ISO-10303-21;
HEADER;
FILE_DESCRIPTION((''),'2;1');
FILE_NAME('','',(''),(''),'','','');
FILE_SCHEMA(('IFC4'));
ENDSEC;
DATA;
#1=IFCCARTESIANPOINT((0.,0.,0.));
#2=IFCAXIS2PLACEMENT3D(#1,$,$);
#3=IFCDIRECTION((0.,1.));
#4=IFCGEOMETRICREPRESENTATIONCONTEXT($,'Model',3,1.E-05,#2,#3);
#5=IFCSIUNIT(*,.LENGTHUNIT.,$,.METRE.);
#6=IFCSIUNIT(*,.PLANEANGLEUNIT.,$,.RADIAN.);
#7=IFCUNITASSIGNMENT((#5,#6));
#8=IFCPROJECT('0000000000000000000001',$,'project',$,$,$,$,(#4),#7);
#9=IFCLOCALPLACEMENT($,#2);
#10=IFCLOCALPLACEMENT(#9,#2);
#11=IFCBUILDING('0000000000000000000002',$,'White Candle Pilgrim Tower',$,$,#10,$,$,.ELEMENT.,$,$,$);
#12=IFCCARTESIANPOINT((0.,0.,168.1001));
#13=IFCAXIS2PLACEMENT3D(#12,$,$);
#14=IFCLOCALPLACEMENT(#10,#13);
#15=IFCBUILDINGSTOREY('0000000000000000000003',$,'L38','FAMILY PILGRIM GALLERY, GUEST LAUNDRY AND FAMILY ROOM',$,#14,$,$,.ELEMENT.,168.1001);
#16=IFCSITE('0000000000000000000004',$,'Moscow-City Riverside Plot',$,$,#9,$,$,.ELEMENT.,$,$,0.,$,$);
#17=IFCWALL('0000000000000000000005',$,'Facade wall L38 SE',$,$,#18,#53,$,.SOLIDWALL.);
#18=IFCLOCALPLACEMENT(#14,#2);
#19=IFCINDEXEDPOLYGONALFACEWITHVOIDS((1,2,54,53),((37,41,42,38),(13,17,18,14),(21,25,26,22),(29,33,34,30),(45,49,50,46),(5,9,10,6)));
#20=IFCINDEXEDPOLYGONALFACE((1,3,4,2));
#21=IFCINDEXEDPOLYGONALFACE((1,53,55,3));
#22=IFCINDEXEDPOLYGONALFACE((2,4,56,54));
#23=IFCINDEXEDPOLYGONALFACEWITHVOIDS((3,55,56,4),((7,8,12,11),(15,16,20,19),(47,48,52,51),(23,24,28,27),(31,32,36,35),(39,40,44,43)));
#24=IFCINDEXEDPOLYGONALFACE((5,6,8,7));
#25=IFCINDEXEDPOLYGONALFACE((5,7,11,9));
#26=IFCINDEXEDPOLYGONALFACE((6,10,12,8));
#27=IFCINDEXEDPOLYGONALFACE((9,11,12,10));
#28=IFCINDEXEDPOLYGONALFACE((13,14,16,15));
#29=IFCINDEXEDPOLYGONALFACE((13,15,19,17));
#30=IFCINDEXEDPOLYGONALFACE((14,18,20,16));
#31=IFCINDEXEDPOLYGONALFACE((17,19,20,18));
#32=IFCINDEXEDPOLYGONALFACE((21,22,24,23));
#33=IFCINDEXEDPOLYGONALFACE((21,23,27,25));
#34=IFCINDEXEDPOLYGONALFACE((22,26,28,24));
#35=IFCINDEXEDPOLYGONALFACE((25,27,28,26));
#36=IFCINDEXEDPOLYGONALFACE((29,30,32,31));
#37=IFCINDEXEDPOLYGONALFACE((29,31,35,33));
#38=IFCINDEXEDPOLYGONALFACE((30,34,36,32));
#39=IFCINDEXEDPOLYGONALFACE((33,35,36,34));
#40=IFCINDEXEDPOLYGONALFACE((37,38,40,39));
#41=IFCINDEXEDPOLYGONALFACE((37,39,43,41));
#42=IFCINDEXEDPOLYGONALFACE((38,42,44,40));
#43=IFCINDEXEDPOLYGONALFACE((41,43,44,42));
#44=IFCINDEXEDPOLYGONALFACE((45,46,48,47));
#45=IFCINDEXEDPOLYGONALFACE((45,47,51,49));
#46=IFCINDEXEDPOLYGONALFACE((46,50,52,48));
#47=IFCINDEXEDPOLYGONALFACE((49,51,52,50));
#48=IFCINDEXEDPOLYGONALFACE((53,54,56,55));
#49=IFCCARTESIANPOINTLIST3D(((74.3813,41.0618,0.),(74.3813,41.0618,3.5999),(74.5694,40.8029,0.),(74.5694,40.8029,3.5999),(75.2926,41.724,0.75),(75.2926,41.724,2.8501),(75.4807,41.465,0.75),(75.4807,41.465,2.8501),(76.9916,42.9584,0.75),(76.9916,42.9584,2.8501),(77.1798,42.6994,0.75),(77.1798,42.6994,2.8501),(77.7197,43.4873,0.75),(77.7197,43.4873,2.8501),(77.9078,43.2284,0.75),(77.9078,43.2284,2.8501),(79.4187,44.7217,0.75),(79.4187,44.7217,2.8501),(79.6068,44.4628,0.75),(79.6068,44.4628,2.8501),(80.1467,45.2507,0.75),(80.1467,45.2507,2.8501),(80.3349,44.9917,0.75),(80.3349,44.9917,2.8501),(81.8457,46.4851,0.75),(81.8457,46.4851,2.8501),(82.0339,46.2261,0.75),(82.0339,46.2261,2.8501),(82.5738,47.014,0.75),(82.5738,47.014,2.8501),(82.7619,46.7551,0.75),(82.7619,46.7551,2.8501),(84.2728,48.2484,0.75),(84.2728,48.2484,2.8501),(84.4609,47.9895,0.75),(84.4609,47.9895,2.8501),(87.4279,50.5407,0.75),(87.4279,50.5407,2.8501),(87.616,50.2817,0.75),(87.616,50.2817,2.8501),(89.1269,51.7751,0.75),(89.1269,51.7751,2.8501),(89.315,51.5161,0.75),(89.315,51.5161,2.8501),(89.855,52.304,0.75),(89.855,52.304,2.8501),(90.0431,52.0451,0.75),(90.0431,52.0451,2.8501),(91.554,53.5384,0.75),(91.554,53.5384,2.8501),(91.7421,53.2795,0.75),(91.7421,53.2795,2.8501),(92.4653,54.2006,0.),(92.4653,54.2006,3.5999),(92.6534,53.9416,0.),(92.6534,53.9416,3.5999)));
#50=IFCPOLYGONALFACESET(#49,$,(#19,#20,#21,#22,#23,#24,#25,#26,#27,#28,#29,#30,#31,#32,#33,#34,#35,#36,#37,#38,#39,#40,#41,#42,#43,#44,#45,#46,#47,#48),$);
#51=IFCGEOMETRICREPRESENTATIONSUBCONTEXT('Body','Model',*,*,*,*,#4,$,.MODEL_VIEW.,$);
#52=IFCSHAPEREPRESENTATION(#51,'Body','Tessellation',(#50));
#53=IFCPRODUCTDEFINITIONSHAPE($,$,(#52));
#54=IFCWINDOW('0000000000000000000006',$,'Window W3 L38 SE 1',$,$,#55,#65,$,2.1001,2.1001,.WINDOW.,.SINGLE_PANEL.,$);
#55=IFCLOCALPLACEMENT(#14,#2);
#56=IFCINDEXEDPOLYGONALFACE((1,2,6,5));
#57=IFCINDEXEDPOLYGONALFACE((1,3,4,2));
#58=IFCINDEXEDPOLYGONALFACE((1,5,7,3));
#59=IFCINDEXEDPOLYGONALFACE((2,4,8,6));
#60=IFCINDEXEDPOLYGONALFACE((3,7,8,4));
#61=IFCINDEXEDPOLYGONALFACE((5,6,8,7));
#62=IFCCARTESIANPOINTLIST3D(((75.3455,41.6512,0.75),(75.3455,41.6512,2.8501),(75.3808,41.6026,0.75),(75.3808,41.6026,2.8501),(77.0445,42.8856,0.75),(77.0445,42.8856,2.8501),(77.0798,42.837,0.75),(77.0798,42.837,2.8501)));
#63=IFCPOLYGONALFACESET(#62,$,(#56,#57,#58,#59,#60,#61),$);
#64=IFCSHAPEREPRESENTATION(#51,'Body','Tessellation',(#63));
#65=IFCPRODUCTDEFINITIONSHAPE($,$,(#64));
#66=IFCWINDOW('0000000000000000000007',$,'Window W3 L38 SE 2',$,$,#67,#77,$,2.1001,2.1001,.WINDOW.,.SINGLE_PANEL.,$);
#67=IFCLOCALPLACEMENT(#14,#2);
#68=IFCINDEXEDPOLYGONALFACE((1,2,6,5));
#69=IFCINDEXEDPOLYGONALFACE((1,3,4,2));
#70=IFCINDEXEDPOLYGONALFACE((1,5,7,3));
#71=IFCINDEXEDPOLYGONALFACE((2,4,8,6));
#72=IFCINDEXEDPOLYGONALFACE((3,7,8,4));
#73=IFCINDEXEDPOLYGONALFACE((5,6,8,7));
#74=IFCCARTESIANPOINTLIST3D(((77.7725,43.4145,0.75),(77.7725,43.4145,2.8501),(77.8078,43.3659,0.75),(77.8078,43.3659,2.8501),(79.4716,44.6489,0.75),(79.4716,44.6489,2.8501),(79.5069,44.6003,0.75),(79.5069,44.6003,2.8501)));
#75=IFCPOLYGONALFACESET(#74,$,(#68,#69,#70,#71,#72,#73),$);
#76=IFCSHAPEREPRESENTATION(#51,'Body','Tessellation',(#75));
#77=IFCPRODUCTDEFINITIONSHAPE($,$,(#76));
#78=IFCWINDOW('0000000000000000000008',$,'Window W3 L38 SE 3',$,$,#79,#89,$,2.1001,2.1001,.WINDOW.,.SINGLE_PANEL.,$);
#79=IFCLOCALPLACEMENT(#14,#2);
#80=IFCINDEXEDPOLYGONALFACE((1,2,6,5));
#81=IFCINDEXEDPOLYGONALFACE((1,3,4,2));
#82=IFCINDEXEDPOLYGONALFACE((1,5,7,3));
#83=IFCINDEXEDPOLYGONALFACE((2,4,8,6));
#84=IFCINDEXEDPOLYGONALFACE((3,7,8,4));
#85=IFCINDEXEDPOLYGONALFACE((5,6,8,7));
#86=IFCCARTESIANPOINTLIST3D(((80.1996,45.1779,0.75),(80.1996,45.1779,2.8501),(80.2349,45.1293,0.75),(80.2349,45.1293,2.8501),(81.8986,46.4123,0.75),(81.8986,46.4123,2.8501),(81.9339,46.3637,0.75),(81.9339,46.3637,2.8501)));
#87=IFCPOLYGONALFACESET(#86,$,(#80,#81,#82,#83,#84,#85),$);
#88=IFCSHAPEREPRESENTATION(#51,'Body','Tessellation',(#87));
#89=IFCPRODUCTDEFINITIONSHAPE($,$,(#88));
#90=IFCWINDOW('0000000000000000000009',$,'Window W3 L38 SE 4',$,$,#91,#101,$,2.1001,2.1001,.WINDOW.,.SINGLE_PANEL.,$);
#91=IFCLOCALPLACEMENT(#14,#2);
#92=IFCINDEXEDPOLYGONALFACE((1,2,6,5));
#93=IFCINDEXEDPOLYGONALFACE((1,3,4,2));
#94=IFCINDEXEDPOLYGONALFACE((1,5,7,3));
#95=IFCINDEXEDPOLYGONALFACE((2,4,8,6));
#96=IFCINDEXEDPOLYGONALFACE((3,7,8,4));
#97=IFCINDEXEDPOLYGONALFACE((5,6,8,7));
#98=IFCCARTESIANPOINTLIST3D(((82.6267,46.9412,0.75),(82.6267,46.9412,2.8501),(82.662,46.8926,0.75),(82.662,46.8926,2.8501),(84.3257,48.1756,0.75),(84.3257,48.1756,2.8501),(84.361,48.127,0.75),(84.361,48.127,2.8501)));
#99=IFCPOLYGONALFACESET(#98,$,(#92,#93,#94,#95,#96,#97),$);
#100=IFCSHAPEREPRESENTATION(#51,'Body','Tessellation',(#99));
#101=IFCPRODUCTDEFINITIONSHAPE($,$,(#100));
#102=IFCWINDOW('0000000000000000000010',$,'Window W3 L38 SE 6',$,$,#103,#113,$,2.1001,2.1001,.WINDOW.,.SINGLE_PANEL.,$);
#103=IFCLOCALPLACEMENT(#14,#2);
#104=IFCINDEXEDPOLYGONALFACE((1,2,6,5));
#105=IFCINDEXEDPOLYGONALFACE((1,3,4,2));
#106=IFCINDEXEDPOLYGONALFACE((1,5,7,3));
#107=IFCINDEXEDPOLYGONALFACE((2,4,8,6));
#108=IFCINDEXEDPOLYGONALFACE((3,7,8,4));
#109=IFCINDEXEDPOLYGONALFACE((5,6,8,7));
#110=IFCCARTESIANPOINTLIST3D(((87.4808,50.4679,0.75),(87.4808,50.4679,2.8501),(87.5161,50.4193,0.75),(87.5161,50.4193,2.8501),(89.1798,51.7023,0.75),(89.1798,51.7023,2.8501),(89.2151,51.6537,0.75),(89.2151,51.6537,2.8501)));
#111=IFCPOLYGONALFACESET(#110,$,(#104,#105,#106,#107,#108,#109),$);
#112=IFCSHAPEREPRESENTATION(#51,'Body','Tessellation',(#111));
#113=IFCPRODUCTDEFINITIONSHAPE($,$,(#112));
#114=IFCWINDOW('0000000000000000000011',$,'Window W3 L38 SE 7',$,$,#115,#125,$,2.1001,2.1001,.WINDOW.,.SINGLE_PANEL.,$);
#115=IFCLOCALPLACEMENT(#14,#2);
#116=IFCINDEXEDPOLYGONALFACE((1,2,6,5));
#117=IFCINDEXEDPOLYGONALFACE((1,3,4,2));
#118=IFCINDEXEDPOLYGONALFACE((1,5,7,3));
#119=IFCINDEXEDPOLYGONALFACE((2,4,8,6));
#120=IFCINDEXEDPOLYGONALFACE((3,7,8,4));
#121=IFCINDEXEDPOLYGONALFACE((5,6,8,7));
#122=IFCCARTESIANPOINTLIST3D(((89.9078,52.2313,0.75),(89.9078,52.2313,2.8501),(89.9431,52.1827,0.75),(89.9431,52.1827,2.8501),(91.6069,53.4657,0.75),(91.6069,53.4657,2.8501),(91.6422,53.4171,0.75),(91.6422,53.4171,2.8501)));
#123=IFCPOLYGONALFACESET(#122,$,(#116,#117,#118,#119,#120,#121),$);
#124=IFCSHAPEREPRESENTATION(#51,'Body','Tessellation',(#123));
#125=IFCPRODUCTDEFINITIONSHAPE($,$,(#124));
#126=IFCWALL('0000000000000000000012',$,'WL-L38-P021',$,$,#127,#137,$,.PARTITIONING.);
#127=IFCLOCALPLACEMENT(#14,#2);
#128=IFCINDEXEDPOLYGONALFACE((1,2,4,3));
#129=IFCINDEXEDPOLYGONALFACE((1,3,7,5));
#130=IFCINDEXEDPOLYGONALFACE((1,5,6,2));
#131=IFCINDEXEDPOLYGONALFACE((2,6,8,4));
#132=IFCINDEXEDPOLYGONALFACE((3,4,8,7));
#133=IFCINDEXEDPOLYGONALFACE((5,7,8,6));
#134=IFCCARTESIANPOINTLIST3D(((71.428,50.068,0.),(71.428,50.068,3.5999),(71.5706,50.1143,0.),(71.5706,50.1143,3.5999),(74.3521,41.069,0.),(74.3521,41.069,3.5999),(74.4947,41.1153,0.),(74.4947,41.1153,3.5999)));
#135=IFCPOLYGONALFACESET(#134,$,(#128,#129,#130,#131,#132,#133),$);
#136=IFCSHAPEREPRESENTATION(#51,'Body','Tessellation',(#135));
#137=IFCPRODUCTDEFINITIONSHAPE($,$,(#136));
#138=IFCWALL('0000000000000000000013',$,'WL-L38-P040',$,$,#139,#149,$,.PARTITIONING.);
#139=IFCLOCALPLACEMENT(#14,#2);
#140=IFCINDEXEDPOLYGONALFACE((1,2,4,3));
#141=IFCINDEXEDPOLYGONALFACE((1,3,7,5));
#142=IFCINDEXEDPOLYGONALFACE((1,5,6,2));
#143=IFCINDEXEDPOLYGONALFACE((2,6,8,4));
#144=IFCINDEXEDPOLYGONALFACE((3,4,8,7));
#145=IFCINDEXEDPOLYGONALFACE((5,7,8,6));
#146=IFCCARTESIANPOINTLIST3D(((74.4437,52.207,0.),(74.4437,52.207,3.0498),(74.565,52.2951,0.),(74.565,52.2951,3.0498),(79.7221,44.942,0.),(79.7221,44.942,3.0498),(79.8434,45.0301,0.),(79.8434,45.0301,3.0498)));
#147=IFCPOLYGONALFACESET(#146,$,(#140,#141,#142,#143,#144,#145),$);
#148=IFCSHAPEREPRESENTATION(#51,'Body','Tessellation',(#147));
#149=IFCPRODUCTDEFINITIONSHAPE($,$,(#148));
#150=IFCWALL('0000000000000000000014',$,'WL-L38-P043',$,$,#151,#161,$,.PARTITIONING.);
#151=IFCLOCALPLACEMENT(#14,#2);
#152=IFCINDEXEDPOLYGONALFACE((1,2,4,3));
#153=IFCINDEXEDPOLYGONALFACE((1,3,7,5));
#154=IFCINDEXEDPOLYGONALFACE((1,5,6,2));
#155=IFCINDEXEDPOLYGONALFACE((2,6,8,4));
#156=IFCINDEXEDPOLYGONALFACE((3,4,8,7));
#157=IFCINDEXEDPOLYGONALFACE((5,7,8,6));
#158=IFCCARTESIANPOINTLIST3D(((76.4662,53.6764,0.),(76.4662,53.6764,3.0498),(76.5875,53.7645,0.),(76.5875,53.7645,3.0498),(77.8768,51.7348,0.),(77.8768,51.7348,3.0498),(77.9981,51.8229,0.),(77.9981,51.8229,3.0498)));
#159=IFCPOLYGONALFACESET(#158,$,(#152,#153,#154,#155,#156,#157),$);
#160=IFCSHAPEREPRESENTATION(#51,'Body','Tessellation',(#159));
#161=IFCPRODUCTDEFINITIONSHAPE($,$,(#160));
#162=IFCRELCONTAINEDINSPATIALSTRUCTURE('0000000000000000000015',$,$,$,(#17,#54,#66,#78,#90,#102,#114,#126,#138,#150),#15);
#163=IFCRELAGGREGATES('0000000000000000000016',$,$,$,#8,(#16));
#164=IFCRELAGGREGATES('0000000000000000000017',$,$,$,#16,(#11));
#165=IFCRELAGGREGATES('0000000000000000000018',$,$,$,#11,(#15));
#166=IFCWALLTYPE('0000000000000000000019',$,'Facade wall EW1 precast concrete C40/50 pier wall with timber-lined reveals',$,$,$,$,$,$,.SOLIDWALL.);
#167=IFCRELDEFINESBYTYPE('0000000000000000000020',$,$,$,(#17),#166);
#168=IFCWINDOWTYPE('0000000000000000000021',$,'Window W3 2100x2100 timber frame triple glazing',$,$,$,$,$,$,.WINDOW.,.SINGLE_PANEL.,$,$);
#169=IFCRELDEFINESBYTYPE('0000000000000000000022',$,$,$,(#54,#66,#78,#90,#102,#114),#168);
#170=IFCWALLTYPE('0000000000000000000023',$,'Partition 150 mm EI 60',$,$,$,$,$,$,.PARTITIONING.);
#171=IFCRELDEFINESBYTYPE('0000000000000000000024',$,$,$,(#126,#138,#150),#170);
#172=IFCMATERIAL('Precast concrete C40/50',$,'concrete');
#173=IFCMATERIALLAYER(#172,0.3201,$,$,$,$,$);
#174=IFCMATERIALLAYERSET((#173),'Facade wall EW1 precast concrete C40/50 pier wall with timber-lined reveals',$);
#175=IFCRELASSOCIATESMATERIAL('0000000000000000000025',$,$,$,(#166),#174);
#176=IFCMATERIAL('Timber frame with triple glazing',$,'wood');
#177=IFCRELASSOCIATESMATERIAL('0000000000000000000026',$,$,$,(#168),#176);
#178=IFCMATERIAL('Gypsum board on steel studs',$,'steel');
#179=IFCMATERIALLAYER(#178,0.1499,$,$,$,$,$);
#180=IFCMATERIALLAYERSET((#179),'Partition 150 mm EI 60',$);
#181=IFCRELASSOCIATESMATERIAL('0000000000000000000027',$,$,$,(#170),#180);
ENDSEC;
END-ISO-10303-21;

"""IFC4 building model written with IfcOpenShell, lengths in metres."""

from ifc_helpers import new_model, si_unit, direction, frame, frame_2d, origin, place, context, subcontext, project, spatial, rectangle, extrude, material, layer, layer_set, type_object, element, fill, save


model = new_model("IFC4")

# Units and contexts
model_context = context("Model", 3, precision=1e-05, world=origin(), true_north=direction((0.0, 1.0)))
body_context = subcontext(model_context, "Body", "Model", "MODEL_VIEW")
ifc_project = project(units=[si_unit("LENGTHUNIT", "METRE"), si_unit("PLANEANGLEUNIT", "RADIAN")], contexts=[model_context])

# Site, building, storey
site_placement = place(None, origin())
site = spatial("IfcSite", under=ifc_project, at=site_placement, Name="Moscow-City Riverside Plot", CompositionType="ELEMENT", RefElevation=0.0)
building_placement = place(site_placement, origin())
building = spatial("IfcBuilding", under=site, at=building_placement, Name="White Candle Pilgrim Tower", CompositionType="ELEMENT")
storey_placement = place(building_placement, frame((0.0, 0.0, 168.1001)))
storey = spatial("IfcBuildingStorey", under=building, at=storey_placement, Name="L38", Description="FAMILY PILGRIM GALLERY, GUEST LAUNDRY AND FAMILY ROOM", CompositionType="ELEMENT", Elevation=168.1001)

# Shared definitions
ifc_material_1 = material(Name="Gypsum board on steel studs", Category="steel")

# Wall, openings, windows
ifc_material_2 = material(Name="Precast concrete C40/50", Category="concrete")
ifc_layer_1 = layer(ifc_material_2, 0.3201)
ifc_layer_set_1 = layer_set([ifc_layer_1], Name="Facade wall EW1 precast concrete C40/50 pier wall with timber-lined reveals")
wall_type_1 = type_object("IfcWallType", Name="Facade wall EW1 precast concrete C40/50 pier wall with timber-lined reveals", PredefinedType="SOLIDWALL", material=ifc_layer_set_1)
wall_1_placement = place(storey_placement, frame((74.4753, 40.9324, 0.0), z_axis=(0.0, 0.0, 1.0), x_axis=(0.809019, 0.587782, 0.0)))
wall_1 = element("IfcWall", 1, at=wall_1_placement, inside=storey, type_object=wall_type_1, Name="Facade wall L38 SE", PredefinedType="SOLIDWALL", context=body_context, shape_type="SweptSolid", body=[
    extrude(rectangle(XDim=22.353, YDim=0.3201, at=frame_2d((11.1765, 0.0))), origin(), (0.0, 0.0, 1.0), 3.5999),
])
opening_1_placement = place(wall_1_placement, frame((1.1265, 0.0, 0.75)))
opening_1 = element("IfcOpeningElement", 2, at=opening_1_placement, cuts=wall_1, PredefinedType="OPENING", context=body_context, shape_type="SweptSolid", body=[
    extrude(rectangle(XDim=2.1001, YDim=2.1001, at=frame_2d((1.05, 1.05))), frame((0.0, 0.1699, 0.0), z_axis=(0.0, -1.0, 0.0), x_axis=(1.0, 0.0, 0.0)), (0.0, 0.0, 1.0), 0.3401),
])
opening_2_placement = place(wall_1_placement, frame((4.1265, 0.0, 0.75)))
opening_2 = element("IfcOpeningElement", 3, at=opening_2_placement, cuts=wall_1, PredefinedType="OPENING", context=body_context, shape_type="SweptSolid", body=[
    extrude(rectangle(XDim=2.1001, YDim=2.1001, at=frame_2d((1.05, 1.05))), frame((0.0, 0.1699, 0.0), z_axis=(0.0, -1.0, 0.0), x_axis=(1.0, 0.0, 0.0)), (0.0, 0.0, 1.0), 0.3401),
])
opening_3_placement = place(wall_1_placement, frame((7.1265, 0.0, 0.75)))
opening_3 = element("IfcOpeningElement", 4, at=opening_3_placement, cuts=wall_1, PredefinedType="OPENING", context=body_context, shape_type="SweptSolid", body=[
    extrude(rectangle(XDim=2.1001, YDim=2.1001, at=frame_2d((1.05, 1.05))), frame((0.0, 0.1699, 0.0), z_axis=(0.0, -1.0, 0.0), x_axis=(1.0, 0.0, 0.0)), (0.0, 0.0, 1.0), 0.3401),
])
opening_4_placement = place(wall_1_placement, frame((10.1265, 0.0, 0.75)))
opening_4 = element("IfcOpeningElement", 5, at=opening_4_placement, cuts=wall_1, PredefinedType="OPENING", context=body_context, shape_type="SweptSolid", body=[
    extrude(rectangle(XDim=2.1001, YDim=2.1001, at=frame_2d((1.05, 1.05))), frame((0.0, 0.1699, 0.0), z_axis=(0.0, -1.0, 0.0), x_axis=(1.0, 0.0, 0.0)), (0.0, 0.0, 1.0), 0.3401),
])
opening_5_placement = place(wall_1_placement, frame((16.1265, 0.0, 0.75)))
opening_5 = element("IfcOpeningElement", 6, at=opening_5_placement, cuts=wall_1, PredefinedType="OPENING", context=body_context, shape_type="SweptSolid", body=[
    extrude(rectangle(XDim=2.1001, YDim=2.1001, at=frame_2d((1.05, 1.05))), frame((0.0, 0.1699, 0.0), z_axis=(0.0, -1.0, 0.0), x_axis=(1.0, 0.0, 0.0)), (0.0, 0.0, 1.0), 0.3401),
])
opening_6_placement = place(wall_1_placement, frame((19.1265, 0.0, 0.75)))
opening_6 = element("IfcOpeningElement", 7, at=opening_6_placement, cuts=wall_1, PredefinedType="OPENING", context=body_context, shape_type="SweptSolid", body=[
    extrude(rectangle(XDim=2.1001, YDim=2.1001, at=frame_2d((1.05, 1.05))), frame((0.0, 0.1699, 0.0), z_axis=(0.0, -1.0, 0.0), x_axis=(1.0, 0.0, 0.0)), (0.0, 0.0, 1.0), 0.3401),
])
ifc_material_3 = material(Name="Timber frame with triple glazing", Category="wood")
window_type = type_object("IfcWindowType", Name="Window W3 2100x2100 timber frame triple glazing", PartitioningType="SINGLE_PANEL", PredefinedType="WINDOW", material=ifc_material_3)
window_1_placement = place(opening_1_placement, origin())
window_1 = element("IfcWindow", 8, at=window_1_placement, inside=storey, type_object=window_type, Name="Window W3 L38 SE 1", OverallHeight=2.1001, OverallWidth=2.1001, PartitioningType="SINGLE_PANEL", PredefinedType="WINDOW", context=body_context, shape_type="SweptSolid", body=[
    extrude(rectangle(XDim=2.1001, YDim=2.1001, at=frame_2d((1.05, 1.05))), frame((0.0, 0.0701, 0.0), z_axis=(0.0, -1.0, 0.0), x_axis=(1.0, 0.0, 0.0)), (0.0, 0.0, 1.0), 0.0601),
])
fill(opening_1, window_1)
window_2_placement = place(opening_2_placement, origin())
window_2 = element("IfcWindow", 9, at=window_2_placement, inside=storey, type_object=window_type, Name="Window W3 L38 SE 2", OverallHeight=2.1001, OverallWidth=2.1001, PartitioningType="SINGLE_PANEL", PredefinedType="WINDOW", context=body_context, shape_type="SweptSolid", body=[
    extrude(rectangle(XDim=2.1001, YDim=2.1001, at=frame_2d((1.05, 1.05))), frame((0.0, 0.0701, 0.0), z_axis=(0.0, -1.0, 0.0), x_axis=(1.0, 0.0, 0.0)), (0.0, 0.0, 1.0), 0.0601),
])
fill(opening_2, window_2)
window_3_placement = place(opening_3_placement, origin())
window_3 = element("IfcWindow", 10, at=window_3_placement, inside=storey, type_object=window_type, Name="Window W3 L38 SE 3", OverallHeight=2.1001, OverallWidth=2.1001, PartitioningType="SINGLE_PANEL", PredefinedType="WINDOW", context=body_context, shape_type="SweptSolid", body=[
    extrude(rectangle(XDim=2.1001, YDim=2.1001, at=frame_2d((1.05, 1.05))), frame((0.0, 0.0701, 0.0), z_axis=(0.0, -1.0, 0.0), x_axis=(1.0, 0.0, 0.0)), (0.0, 0.0, 1.0), 0.0601),
])
fill(opening_3, window_3)
window_4_placement = place(opening_4_placement, origin())
window_4 = element("IfcWindow", 11, at=window_4_placement, inside=storey, type_object=window_type, Name="Window W3 L38 SE 4", OverallHeight=2.1001, OverallWidth=2.1001, PartitioningType="SINGLE_PANEL", PredefinedType="WINDOW", context=body_context, shape_type="SweptSolid", body=[
    extrude(rectangle(XDim=2.1001, YDim=2.1001, at=frame_2d((1.05, 1.05))), frame((0.0, 0.0701, 0.0), z_axis=(0.0, -1.0, 0.0), x_axis=(1.0, 0.0, 0.0)), (0.0, 0.0, 1.0), 0.0601),
])
fill(opening_4, window_4)
window_5_placement = place(opening_5_placement, origin())
window_5 = element("IfcWindow", 12, at=window_5_placement, inside=storey, type_object=window_type, Name="Window W3 L38 SE 6", OverallHeight=2.1001, OverallWidth=2.1001, PartitioningType="SINGLE_PANEL", PredefinedType="WINDOW", context=body_context, shape_type="SweptSolid", body=[
    extrude(rectangle(XDim=2.1001, YDim=2.1001, at=frame_2d((1.05, 1.05))), frame((0.0, 0.0701, 0.0), z_axis=(0.0, -1.0, 0.0), x_axis=(1.0, 0.0, 0.0)), (0.0, 0.0, 1.0), 0.0601),
])
fill(opening_5, window_5)
window_6_placement = place(opening_6_placement, origin())
window_6 = element("IfcWindow", 13, at=window_6_placement, inside=storey, type_object=window_type, Name="Window W3 L38 SE 7", OverallHeight=2.1001, OverallWidth=2.1001, PartitioningType="SINGLE_PANEL", PredefinedType="WINDOW", context=body_context, shape_type="SweptSolid", body=[
    extrude(rectangle(XDim=2.1001, YDim=2.1001, at=frame_2d((1.05, 1.05))), frame((0.0, 0.0701, 0.0), z_axis=(0.0, -1.0, 0.0), x_axis=(1.0, 0.0, 0.0)), (0.0, 0.0, 1.0), 0.0601),
])
fill(opening_6, window_6)

# Walls
ifc_layer_2 = layer(ifc_material_1, 0.1499)
ifc_layer_set_2 = layer_set([ifc_layer_2], Name="Partition 150 mm EI 60")
wall_type_2 = type_object("IfcWallType", Name="Partition 150 mm EI 60", PredefinedType="PARTITIONING", material=ifc_layer_set_2)
wall_2_placement = place(storey_placement, frame((74.4233, 41.0923, 0.0), z_axis=(0.0, 0.0, 1.0), x_axis=(-0.309028, 0.951053, 0.0)))
element("IfcWall", 14, at=wall_2_placement, inside=storey, type_object=wall_type_2, Name="WL-L38-P021", PredefinedType="PARTITIONING", context=body_context, shape_type="SweptSolid", body=[
    extrude(rectangle(XDim=9.4622, YDim=0.1499, at=frame_2d((4.731, 0.0))), origin(), (0.0, 0.0, 1.0), 3.5999),
])
wall_3_placement = place(storey_placement, frame((79.7827, 44.9861, 0.0), z_axis=(0.0, 0.0, 1.0), x_axis=(-0.58779, 0.809013, 0.0)))
element("IfcWall", 15, at=wall_3_placement, inside=storey, type_object=wall_type_2, Name="WL-L38-P040", PredefinedType="PARTITIONING", context=body_context, shape_type="SweptSolid", body=[
    extrude(rectangle(XDim=8.98, YDim=0.1499, at=frame_2d((4.49, 0.0))), origin(), (0.0, 0.0, 1.0), 3.0498),
])
wall_4_placement = place(storey_placement, frame((76.5269, 53.7205, 0.0), z_axis=(0.0, 0.0, 1.0), x_axis=(0.587772, -0.809026, 0.0)))
element("IfcWall", 16, at=wall_4_placement, inside=storey, type_object=wall_type_2, Name="WL-L38-P043", PredefinedType="PARTITIONING", context=body_context, shape_type="SweptSolid", body=[
    extrude(rectangle(XDim=2.3999, YDim=0.1499, at=frame_2d((1.2, 0.0))), origin(), (0.0, 0.0, 1.0), 3.0498),
])

save(model, "model.ifc")
